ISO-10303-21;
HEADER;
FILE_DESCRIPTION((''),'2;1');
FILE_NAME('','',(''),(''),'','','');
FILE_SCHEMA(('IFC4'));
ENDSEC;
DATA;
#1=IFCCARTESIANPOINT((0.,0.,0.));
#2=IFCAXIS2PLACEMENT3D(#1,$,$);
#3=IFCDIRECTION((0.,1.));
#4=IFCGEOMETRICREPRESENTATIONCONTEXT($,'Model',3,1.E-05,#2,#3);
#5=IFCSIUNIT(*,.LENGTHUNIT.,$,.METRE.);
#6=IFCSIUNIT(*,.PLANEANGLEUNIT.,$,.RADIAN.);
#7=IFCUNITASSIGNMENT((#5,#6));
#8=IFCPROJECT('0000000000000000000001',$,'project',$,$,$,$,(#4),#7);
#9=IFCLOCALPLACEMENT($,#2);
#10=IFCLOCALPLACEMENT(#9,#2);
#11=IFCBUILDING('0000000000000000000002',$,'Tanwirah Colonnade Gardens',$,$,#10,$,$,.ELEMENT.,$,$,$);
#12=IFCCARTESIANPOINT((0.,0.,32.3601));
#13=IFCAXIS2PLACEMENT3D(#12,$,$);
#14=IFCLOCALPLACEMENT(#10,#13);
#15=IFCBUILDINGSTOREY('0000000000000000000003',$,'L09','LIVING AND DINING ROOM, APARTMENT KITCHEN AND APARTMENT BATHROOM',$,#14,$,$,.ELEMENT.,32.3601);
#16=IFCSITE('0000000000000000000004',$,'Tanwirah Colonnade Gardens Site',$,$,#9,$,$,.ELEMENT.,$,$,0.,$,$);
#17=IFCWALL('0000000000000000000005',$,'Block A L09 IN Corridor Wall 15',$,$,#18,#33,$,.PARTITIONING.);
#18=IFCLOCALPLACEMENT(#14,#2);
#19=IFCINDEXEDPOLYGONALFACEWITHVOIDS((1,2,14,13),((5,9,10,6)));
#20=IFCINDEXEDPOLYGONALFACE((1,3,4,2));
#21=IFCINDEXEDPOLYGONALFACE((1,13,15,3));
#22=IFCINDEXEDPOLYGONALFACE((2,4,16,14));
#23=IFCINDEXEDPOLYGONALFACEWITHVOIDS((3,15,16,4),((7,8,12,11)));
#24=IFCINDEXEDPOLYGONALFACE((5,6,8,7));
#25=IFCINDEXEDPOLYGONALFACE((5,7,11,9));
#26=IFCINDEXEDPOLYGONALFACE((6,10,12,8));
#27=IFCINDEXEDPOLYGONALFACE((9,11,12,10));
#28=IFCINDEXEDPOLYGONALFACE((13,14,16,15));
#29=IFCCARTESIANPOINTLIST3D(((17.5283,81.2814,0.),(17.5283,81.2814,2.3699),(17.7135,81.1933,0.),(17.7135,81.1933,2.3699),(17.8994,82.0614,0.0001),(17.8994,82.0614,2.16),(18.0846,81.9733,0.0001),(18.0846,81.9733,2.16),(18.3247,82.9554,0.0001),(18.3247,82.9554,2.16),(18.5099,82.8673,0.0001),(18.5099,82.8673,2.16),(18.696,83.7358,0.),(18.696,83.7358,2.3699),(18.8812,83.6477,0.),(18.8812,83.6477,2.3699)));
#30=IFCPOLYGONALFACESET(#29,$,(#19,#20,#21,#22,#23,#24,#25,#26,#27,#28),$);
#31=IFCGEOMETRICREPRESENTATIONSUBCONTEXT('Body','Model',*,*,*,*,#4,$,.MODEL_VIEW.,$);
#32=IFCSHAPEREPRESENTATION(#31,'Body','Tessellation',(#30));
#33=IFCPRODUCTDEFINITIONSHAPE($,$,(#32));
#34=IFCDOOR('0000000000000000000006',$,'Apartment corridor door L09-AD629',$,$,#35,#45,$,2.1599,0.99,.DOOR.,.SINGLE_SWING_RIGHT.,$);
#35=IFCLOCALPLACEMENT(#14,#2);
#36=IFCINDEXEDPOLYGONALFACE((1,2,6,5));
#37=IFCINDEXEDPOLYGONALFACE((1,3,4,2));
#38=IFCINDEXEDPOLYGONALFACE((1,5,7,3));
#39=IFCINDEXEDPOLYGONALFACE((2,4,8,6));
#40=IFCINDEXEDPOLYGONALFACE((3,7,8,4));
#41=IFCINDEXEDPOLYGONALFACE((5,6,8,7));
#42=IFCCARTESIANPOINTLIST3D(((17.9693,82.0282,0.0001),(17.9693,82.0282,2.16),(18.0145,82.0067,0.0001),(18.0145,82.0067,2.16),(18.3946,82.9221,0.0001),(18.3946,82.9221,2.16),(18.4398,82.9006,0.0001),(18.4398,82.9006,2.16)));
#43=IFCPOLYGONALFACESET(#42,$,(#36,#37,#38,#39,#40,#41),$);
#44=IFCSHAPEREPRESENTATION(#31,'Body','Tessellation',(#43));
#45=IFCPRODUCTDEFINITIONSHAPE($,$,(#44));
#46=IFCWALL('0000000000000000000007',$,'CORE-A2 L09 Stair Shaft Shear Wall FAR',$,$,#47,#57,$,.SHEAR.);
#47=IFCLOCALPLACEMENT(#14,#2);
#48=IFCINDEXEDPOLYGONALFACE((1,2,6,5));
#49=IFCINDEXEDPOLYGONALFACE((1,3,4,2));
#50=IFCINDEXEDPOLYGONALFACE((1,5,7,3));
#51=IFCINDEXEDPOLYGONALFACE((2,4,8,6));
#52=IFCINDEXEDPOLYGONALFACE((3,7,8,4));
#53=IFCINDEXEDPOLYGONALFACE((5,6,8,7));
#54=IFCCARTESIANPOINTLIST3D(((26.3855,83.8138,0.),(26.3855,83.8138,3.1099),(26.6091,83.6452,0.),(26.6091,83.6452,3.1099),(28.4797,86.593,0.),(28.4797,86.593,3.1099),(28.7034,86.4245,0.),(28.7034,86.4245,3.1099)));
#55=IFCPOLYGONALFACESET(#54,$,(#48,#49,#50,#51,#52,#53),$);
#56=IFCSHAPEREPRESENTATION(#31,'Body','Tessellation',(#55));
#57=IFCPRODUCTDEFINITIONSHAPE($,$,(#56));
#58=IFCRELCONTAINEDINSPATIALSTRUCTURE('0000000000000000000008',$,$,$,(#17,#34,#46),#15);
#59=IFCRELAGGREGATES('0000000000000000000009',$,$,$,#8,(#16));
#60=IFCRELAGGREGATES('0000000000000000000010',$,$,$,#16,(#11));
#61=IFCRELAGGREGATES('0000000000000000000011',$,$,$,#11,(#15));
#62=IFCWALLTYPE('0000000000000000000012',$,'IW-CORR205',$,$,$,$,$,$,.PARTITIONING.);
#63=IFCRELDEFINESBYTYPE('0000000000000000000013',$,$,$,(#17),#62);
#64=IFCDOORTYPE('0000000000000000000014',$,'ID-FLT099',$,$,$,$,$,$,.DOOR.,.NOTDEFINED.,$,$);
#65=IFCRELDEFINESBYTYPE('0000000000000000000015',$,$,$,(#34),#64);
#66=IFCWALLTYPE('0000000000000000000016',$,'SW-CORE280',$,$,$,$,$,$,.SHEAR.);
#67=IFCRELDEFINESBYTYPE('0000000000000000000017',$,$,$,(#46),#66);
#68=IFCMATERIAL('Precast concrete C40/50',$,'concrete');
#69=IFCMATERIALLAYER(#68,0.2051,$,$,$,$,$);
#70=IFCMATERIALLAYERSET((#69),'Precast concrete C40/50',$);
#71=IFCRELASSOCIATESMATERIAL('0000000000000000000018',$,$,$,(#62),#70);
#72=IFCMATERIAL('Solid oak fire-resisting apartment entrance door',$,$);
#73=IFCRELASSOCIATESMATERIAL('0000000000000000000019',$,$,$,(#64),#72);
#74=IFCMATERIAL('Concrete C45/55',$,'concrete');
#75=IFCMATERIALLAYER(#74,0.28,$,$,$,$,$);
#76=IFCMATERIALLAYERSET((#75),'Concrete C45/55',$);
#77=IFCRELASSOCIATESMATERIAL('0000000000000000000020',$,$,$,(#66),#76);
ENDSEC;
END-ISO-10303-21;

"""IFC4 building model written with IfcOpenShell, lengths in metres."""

from ifc_helpers import new_model, si_unit, direction, frame, frame_2d, origin, place, context, subcontext, project, spatial, rectangle, extrude, material, layer, layer_set, type_object, element, fill, save


model = new_model("IFC4")

# Units and contexts
model_context = context("Model", 3, precision=1e-05, world=origin(), true_north=direction((0.0, 1.0)))
body_context = subcontext(model_context, "Body", "Model", "MODEL_VIEW")
ifc_project = project(units=[si_unit("LENGTHUNIT", "METRE"), si_unit("PLANEANGLEUNIT", "RADIAN")], contexts=[model_context])

# Site, building, storey
site_placement = place(None, origin())
site = spatial("IfcSite", under=ifc_project, at=site_placement, Name="Tanwirah Colonnade Gardens Site", CompositionType="ELEMENT", RefElevation=0.0)
building_placement = place(site_placement, origin())
building = spatial("IfcBuilding", under=site, at=building_placement, Name="Tanwirah Colonnade Gardens", CompositionType="ELEMENT")
storey_placement = place(building_placement, frame((0.0, 0.0, 32.3601)))
storey = spatial("IfcBuildingStorey", under=building, at=storey_placement, Name="L09", Description="LIVING AND DINING ROOM, APARTMENT KITCHEN AND APARTMENT BATHROOM", CompositionType="ELEMENT", Elevation=32.3601)

# Shared definitions
ifc_material_1 = material(Name="Precast concrete C40/50", Category="concrete")

# Wall, opening, door
ifc_layer_1 = layer(ifc_material_1, 0.2051)
ifc_layer_set_1 = layer_set([ifc_layer_1], Name="Precast concrete C40/50")
wall_type_1 = type_object("IfcWallType", Name="IW-CORR205", PredefinedType="PARTITIONING", material=ifc_layer_set_1)
wall_1_placement = place(storey_placement, frame((18.7886, 83.6917, 0.0), z_axis=(0.0, 0.0, 1.0), x_axis=(-0.42963, -0.903005, 0.0)))
wall_1 = element("IfcWall", 1, at=wall_1_placement, inside=storey, type_object=wall_type_1, Name="Block A L09 IN Corridor Wall 15", PredefinedType="PARTITIONING", context=body_context, shape_type="SweptSolid", body=[
    extrude(rectangle(XDim=2.718, YDim=0.2051, at=frame_2d((1.3589, 0.0))), origin(), (0.0, 0.0, 1.0), 2.3699),
])
opening_placement = place(wall_1_placement, frame((0.864, 0.0, 0.0)))
opening = element("IfcOpeningElement", 2, at=opening_placement, cuts=wall_1, PredefinedType="OPENING", context=body_context, shape_type="SweptSolid", body=[
    extrude(rectangle(XDim=0.99, YDim=2.1599, at=frame_2d((0.4951, 1.0801))), frame((0.0, 0.1125, 0.0), z_axis=(0.0, -1.0, 0.0), x_axis=(1.0, 0.0, 0.0)), (0.0, 0.0, 1.0), 0.2251),
])
ifc_material_2 = material(Name="Solid oak fire-resisting apartment entrance door")
door_type = type_object("IfcDoorType", Name="ID-FLT099", OperationType="NOTDEFINED", PredefinedType="DOOR", material=ifc_material_2)
door_placement = place(opening_placement, origin())
door = element("IfcDoor", 3, at=door_placement, inside=storey, type_object=door_type, Name="Apartment corridor door L09-AD629", OperationType="SINGLE_SWING_RIGHT", OverallHeight=2.1599, OverallWidth=0.99, PredefinedType="DOOR", context=body_context, shape_type="SweptSolid", body=[
    extrude(rectangle(XDim=0.99, YDim=2.1599, at=frame_2d((0.4951, 1.0801))), frame((0.0, 0.0249, 0.0), z_axis=(0.0, -1.0, 0.0), x_axis=(1.0, 0.0, 0.0)), (0.0, 0.0, 1.0), 0.05),
])
fill(opening, door)

# Wall
ifc_material_3 = material(Name="Concrete C45/55", Category="concrete")
ifc_layer_2 = layer(ifc_material_3, 0.28)
ifc_layer_set_2 = layer_set([ifc_layer_2], Name="Concrete C45/55")
wall_type_2 = type_object("IfcWallType", Name="SW-CORE280", PredefinedType="SHEAR", material=ifc_layer_set_2)
wall_2_placement = place(storey_placement, frame((26.4973, 83.7295, 0.0), z_axis=(0.0, 0.0, 1.0), x_axis=(0.601794, 0.798651, 0.0)))
element("IfcWall", 4, at=wall_2_placement, inside=storey, type_object=wall_type_2, Name="CORE-A2 L09 Stair Shaft Shear Wall FAR", PredefinedType="SHEAR", context=body_context, shape_type="SweptSolid", body=[
    extrude(rectangle(XDim=3.48, YDim=0.28, at=frame_2d((1.74, 0.0))), origin(), (0.0, 0.0, 1.0), 3.1099),
])

save(model, "model.ifc")
